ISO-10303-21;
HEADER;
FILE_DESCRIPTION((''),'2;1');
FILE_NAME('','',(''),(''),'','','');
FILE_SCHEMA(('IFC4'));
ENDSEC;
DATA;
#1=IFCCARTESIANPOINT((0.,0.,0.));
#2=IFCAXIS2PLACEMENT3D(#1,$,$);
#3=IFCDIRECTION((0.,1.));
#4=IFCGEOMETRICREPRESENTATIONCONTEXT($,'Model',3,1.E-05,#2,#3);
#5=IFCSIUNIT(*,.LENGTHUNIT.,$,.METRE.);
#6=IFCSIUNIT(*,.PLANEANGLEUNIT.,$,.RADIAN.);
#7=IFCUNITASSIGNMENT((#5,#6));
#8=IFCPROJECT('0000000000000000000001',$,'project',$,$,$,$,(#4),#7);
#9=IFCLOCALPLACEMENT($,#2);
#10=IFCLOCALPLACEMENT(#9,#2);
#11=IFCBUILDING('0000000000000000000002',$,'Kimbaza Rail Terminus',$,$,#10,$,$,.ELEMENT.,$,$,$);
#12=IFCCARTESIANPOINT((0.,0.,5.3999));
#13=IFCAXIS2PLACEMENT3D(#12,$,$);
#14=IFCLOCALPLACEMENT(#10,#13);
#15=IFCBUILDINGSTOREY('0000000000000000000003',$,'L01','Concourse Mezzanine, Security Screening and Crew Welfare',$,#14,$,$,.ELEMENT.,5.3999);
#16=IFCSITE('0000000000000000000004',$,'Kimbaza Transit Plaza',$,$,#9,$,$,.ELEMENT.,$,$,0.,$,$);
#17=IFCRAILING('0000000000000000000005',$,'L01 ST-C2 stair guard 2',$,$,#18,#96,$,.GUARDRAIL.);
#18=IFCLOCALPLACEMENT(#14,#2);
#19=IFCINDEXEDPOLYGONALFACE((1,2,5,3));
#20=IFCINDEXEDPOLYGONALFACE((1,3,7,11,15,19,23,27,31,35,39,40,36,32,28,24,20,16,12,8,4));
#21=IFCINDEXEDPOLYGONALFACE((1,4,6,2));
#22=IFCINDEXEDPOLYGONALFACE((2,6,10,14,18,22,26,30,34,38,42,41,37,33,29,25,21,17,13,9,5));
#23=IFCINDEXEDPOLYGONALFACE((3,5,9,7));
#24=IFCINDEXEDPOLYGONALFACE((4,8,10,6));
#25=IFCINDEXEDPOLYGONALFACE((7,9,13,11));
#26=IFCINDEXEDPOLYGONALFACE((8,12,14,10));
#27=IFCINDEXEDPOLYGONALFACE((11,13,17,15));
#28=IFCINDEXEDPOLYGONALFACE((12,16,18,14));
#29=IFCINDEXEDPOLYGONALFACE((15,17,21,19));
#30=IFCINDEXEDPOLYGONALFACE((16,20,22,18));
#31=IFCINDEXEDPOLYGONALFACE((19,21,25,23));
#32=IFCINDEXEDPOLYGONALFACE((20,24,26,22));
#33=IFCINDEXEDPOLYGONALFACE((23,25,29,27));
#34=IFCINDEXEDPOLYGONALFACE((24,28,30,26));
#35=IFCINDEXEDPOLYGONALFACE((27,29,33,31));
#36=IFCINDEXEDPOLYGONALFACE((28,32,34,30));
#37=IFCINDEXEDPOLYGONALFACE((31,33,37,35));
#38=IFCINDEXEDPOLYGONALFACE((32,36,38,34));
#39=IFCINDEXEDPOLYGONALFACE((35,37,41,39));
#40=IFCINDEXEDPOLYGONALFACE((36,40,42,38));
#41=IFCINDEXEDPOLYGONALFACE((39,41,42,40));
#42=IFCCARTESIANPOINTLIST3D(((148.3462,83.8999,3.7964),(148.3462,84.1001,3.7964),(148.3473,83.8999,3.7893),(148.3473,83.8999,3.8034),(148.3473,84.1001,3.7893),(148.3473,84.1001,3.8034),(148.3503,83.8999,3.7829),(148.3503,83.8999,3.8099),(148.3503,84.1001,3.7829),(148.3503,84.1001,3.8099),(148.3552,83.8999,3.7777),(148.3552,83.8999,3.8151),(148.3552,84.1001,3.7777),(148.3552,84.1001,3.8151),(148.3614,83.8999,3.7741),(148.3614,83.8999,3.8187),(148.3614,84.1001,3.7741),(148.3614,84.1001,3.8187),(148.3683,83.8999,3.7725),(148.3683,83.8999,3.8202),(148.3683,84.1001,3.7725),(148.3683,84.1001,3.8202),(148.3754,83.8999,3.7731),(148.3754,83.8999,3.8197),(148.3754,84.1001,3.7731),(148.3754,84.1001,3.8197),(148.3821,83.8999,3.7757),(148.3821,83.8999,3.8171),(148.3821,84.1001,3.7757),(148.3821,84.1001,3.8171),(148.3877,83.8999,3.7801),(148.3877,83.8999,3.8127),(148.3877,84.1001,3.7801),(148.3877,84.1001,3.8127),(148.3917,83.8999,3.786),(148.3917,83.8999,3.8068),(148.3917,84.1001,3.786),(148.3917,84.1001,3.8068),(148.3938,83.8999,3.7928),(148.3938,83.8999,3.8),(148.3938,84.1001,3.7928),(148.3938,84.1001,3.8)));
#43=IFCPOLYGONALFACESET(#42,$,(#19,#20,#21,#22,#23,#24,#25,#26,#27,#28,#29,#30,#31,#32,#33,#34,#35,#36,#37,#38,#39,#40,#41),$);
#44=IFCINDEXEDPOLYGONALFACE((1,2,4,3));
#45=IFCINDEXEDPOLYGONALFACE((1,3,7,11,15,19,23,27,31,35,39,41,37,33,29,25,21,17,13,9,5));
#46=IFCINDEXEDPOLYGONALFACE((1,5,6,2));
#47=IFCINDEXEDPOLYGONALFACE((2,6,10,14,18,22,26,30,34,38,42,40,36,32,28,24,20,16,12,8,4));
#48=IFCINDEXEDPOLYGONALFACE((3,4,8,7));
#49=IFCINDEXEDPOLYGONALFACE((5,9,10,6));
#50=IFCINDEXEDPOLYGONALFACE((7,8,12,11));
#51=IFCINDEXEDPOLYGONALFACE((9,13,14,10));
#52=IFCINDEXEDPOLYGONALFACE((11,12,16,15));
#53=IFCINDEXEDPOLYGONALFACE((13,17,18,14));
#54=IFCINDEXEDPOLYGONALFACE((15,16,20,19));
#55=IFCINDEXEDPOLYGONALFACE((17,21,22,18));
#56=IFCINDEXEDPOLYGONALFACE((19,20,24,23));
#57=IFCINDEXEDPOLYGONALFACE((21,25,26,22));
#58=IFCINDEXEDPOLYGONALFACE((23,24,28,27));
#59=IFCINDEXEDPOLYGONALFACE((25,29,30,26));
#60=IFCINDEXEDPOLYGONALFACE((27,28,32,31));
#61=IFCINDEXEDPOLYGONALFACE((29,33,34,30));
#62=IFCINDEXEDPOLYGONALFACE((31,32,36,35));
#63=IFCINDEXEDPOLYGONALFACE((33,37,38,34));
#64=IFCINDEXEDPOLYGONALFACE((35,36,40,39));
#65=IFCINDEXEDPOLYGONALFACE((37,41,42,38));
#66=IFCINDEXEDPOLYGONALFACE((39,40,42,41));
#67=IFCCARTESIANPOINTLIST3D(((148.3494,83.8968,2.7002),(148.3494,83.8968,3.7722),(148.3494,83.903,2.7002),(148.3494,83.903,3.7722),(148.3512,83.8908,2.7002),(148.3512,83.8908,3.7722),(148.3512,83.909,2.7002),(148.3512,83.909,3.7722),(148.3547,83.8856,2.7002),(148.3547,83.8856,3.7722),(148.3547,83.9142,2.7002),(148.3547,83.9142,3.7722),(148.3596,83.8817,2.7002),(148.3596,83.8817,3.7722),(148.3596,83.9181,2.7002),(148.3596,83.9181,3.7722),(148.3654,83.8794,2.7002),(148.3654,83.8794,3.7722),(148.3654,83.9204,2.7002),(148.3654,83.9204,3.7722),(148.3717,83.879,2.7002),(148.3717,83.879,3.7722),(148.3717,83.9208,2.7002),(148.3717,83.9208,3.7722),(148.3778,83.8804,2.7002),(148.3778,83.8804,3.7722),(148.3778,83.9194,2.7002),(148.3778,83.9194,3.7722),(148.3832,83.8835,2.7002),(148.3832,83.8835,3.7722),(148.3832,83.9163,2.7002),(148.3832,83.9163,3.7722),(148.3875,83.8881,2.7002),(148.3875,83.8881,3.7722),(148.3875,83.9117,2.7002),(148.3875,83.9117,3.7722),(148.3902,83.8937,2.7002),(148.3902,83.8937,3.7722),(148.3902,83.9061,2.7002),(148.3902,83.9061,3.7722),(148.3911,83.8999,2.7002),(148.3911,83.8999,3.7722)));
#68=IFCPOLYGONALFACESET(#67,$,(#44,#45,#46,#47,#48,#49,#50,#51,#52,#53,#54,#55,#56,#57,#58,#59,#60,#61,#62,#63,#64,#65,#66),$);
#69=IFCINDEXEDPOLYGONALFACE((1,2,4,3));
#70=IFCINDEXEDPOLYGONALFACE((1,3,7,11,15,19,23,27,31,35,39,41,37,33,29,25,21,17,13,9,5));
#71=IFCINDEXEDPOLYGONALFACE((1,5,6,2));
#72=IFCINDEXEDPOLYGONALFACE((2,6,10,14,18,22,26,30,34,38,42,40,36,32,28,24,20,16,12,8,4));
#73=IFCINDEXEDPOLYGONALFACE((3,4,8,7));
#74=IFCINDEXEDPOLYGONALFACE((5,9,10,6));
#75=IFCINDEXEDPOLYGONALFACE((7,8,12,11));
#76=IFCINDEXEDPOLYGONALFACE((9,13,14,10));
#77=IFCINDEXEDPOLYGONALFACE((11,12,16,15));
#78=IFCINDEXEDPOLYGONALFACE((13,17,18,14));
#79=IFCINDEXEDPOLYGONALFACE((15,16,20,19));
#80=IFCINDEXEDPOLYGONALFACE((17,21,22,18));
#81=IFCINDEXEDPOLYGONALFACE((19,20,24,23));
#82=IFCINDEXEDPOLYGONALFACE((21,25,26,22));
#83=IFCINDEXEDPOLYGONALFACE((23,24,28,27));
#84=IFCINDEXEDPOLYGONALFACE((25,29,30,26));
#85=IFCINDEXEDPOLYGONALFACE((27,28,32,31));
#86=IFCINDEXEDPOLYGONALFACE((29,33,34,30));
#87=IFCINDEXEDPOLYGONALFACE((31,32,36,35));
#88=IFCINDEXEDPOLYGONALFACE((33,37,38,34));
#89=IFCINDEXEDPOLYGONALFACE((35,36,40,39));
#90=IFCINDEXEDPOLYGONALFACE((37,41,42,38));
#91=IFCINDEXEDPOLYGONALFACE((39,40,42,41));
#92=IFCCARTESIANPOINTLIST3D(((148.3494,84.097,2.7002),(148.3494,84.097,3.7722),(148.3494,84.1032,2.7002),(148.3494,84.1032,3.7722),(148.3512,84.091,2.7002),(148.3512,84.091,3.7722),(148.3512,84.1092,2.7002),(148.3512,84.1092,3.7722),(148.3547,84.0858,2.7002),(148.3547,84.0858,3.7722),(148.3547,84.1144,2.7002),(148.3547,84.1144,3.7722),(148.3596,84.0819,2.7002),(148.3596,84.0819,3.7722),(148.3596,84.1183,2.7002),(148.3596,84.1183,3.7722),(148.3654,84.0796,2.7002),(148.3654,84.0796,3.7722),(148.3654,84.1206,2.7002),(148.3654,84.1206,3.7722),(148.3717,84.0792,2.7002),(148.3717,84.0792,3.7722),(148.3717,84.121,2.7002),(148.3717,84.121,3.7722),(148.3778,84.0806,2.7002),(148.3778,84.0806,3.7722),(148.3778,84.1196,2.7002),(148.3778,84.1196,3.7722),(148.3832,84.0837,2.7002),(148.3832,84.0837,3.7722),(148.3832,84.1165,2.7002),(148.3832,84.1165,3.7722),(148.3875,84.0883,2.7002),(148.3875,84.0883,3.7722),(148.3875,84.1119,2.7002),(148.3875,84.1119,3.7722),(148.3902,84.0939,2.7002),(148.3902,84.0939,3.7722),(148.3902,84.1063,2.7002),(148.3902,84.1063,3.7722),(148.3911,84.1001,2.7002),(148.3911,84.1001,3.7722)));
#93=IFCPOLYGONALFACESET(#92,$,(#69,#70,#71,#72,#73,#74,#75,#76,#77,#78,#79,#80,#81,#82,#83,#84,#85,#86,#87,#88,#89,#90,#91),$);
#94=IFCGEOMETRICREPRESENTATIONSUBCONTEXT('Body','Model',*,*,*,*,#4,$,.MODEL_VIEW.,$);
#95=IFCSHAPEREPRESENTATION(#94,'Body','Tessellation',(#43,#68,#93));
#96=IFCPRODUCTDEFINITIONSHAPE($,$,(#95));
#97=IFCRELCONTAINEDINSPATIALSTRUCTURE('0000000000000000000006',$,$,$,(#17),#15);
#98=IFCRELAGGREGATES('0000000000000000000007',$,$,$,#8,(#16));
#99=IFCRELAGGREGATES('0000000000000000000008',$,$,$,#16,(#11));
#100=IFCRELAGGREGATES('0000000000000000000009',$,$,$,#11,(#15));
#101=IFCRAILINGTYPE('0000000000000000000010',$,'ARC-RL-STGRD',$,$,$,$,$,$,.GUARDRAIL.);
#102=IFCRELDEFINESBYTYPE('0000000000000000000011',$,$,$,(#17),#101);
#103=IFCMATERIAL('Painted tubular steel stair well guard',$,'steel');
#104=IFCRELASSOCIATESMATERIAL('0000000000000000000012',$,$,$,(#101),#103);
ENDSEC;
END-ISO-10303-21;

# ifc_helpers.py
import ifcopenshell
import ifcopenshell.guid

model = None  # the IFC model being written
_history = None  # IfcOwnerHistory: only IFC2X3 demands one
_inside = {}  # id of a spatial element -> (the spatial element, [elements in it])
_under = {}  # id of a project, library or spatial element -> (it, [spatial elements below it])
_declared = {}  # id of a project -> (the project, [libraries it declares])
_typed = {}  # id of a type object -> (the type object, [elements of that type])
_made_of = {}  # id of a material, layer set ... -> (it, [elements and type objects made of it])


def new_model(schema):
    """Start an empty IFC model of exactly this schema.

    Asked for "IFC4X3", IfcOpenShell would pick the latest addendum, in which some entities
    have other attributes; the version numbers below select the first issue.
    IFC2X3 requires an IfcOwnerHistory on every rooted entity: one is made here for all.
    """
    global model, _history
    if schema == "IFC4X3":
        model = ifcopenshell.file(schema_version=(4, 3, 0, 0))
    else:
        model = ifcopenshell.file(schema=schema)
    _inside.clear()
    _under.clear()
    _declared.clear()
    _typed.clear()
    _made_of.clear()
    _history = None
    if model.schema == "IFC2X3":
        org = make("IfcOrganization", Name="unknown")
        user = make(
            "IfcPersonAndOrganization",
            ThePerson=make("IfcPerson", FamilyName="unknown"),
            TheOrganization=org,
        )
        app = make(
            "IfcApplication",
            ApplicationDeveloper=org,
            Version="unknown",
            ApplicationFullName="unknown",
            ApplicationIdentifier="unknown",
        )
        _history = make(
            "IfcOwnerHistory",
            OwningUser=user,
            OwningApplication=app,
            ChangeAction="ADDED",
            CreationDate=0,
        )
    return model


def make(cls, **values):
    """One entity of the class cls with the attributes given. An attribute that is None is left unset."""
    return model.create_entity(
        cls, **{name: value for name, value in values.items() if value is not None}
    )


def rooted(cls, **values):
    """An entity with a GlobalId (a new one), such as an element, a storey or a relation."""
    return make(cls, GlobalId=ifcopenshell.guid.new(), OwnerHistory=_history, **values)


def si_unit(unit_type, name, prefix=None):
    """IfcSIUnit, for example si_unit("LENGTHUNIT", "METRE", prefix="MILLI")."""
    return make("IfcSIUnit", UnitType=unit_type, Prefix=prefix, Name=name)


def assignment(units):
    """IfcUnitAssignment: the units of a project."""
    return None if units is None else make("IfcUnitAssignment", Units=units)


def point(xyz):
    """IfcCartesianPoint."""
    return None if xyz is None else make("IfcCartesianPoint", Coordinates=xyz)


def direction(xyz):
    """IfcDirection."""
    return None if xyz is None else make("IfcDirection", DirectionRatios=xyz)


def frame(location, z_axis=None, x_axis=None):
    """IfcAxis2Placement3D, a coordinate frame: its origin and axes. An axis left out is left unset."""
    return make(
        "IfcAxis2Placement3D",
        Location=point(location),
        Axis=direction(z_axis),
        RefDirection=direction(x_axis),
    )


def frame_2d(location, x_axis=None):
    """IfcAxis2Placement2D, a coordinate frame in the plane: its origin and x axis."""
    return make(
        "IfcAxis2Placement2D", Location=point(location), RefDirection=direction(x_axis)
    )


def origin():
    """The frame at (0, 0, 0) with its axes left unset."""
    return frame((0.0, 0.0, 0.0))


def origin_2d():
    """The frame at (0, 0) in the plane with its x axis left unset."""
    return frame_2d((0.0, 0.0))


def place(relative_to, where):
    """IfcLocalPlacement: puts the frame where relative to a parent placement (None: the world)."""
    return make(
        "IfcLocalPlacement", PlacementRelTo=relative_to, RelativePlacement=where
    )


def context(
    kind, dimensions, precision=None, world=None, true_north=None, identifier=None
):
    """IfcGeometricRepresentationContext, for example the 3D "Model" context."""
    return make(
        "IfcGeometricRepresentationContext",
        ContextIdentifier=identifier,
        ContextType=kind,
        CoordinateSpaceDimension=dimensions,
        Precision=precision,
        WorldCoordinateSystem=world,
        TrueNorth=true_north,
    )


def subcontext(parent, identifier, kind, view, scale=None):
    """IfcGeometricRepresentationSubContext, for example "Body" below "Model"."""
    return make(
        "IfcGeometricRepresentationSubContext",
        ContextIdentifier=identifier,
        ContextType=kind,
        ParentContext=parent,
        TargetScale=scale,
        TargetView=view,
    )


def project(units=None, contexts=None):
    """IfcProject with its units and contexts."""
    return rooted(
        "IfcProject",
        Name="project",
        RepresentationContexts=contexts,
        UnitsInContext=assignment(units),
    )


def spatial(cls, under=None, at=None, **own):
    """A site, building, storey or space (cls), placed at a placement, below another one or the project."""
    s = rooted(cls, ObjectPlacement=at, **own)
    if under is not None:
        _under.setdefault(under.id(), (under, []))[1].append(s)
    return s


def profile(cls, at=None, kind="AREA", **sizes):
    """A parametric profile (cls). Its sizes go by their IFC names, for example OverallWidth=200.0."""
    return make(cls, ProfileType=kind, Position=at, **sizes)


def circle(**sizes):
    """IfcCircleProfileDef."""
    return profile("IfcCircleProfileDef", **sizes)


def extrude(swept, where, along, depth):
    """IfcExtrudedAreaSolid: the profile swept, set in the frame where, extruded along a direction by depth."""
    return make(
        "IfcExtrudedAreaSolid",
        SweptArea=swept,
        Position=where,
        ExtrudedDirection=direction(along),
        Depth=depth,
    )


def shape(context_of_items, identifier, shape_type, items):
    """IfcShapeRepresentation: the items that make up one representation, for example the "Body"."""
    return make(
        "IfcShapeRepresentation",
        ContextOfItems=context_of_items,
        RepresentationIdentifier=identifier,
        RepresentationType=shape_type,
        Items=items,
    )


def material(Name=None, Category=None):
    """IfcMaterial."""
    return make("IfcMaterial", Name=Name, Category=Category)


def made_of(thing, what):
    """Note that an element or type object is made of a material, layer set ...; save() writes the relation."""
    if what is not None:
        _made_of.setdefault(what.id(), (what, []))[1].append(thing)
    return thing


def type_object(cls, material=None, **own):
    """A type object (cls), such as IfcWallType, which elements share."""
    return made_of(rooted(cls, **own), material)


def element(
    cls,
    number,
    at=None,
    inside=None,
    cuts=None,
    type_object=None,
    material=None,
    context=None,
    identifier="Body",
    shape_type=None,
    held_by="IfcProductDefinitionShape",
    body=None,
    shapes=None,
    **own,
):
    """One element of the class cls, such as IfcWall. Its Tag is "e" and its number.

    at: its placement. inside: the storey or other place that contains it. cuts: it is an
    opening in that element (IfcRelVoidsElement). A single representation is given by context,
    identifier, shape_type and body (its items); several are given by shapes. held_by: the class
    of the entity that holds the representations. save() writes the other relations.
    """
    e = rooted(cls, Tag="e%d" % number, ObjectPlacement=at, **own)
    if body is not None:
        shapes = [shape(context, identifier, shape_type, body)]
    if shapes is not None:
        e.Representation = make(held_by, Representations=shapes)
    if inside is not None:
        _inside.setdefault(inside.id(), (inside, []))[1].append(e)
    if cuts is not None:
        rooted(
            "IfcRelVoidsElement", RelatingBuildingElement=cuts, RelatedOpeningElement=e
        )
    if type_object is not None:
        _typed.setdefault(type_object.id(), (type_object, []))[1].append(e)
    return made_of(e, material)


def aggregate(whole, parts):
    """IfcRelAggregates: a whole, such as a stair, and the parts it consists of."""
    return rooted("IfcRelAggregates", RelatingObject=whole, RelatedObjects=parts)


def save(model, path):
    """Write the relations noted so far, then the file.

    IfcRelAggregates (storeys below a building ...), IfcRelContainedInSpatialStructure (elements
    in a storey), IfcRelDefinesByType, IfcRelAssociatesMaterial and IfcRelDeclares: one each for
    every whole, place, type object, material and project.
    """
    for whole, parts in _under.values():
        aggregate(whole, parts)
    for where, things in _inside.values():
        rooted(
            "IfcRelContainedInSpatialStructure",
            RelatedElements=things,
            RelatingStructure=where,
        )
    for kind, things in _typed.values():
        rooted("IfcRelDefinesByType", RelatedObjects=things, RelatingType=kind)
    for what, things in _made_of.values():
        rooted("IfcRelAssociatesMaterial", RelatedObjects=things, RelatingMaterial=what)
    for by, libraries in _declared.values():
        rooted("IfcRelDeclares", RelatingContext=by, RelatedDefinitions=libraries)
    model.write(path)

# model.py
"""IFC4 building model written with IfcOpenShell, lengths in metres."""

from ifc_helpers import new_model, si_unit, direction, frame, origin, origin_2d, place, context, subcontext, project, spatial, circle, extrude, material, type_object, element, save


model = new_model("IFC4")

# Units and contexts
model_context = context("Model", 3, precision=1e-05, world=origin(), true_north=direction((0.0, 1.0)))
body_context = subcontext(model_context, "Body", "Model", "MODEL_VIEW")
ifc_project = project(units=[si_unit("LENGTHUNIT", "METRE"), si_unit("PLANEANGLEUNIT", "RADIAN")], contexts=[model_context])

# Site, building, storey
site_placement = place(None, origin())
site = spatial("IfcSite", under=ifc_project, at=site_placement, Name="Kimbaza Transit Plaza", CompositionType="ELEMENT", RefElevation=0.0)
building_placement = place(site_placement, origin())
building = spatial("IfcBuilding", under=site, at=building_placement, Name="Kimbaza Rail Terminus", CompositionType="ELEMENT")
storey_placement = place(building_placement, frame((0.0, 0.0, 5.3999)))
storey = spatial("IfcBuildingStorey", under=building, at=storey_placement, Name="L01", Description="Concourse Mezzanine, Security Screening and Crew Welfare", CompositionType="ELEMENT", Elevation=5.3999)

# Railing
ifc_material_1 = material(Name="Painted tubular steel stair well guard", Category="steel")
railing_type_1 = type_object("IfcRailingType", Name="ARC-RL-STGRD", PredefinedType="GUARDRAIL", material=ifc_material_1)
railing_1_placement = place(storey_placement, frame((148.3701, 83.8999, 2.7002)))
element("IfcRailing", 1, at=railing_1_placement, inside=storey, type_object=railing_type_1, Name="L01 ST-C2 stair guard 2", PredefinedType="GUARDRAIL", context=body_context, shape_type="SweptSolid", body=[
    extrude(circle(Radius=0.0239, at=origin_2d()), frame((0.0, 0.0, 1.0962), z_axis=(0.0, 1.0, 0.0), x_axis=(-1.0, 0.0, 0.0)), (0.0, 0.0, 1.0), 0.2002),
    extrude(circle(Radius=0.021, at=origin_2d()), origin(), (0.0, 0.0, 1.0), 1.072),
    extrude(circle(Radius=0.021, at=origin_2d()), frame((0.0, 0.2002, 0.0)), (0.0, 0.0, 1.0), 1.072),
])

save(model, "model.ifc")
